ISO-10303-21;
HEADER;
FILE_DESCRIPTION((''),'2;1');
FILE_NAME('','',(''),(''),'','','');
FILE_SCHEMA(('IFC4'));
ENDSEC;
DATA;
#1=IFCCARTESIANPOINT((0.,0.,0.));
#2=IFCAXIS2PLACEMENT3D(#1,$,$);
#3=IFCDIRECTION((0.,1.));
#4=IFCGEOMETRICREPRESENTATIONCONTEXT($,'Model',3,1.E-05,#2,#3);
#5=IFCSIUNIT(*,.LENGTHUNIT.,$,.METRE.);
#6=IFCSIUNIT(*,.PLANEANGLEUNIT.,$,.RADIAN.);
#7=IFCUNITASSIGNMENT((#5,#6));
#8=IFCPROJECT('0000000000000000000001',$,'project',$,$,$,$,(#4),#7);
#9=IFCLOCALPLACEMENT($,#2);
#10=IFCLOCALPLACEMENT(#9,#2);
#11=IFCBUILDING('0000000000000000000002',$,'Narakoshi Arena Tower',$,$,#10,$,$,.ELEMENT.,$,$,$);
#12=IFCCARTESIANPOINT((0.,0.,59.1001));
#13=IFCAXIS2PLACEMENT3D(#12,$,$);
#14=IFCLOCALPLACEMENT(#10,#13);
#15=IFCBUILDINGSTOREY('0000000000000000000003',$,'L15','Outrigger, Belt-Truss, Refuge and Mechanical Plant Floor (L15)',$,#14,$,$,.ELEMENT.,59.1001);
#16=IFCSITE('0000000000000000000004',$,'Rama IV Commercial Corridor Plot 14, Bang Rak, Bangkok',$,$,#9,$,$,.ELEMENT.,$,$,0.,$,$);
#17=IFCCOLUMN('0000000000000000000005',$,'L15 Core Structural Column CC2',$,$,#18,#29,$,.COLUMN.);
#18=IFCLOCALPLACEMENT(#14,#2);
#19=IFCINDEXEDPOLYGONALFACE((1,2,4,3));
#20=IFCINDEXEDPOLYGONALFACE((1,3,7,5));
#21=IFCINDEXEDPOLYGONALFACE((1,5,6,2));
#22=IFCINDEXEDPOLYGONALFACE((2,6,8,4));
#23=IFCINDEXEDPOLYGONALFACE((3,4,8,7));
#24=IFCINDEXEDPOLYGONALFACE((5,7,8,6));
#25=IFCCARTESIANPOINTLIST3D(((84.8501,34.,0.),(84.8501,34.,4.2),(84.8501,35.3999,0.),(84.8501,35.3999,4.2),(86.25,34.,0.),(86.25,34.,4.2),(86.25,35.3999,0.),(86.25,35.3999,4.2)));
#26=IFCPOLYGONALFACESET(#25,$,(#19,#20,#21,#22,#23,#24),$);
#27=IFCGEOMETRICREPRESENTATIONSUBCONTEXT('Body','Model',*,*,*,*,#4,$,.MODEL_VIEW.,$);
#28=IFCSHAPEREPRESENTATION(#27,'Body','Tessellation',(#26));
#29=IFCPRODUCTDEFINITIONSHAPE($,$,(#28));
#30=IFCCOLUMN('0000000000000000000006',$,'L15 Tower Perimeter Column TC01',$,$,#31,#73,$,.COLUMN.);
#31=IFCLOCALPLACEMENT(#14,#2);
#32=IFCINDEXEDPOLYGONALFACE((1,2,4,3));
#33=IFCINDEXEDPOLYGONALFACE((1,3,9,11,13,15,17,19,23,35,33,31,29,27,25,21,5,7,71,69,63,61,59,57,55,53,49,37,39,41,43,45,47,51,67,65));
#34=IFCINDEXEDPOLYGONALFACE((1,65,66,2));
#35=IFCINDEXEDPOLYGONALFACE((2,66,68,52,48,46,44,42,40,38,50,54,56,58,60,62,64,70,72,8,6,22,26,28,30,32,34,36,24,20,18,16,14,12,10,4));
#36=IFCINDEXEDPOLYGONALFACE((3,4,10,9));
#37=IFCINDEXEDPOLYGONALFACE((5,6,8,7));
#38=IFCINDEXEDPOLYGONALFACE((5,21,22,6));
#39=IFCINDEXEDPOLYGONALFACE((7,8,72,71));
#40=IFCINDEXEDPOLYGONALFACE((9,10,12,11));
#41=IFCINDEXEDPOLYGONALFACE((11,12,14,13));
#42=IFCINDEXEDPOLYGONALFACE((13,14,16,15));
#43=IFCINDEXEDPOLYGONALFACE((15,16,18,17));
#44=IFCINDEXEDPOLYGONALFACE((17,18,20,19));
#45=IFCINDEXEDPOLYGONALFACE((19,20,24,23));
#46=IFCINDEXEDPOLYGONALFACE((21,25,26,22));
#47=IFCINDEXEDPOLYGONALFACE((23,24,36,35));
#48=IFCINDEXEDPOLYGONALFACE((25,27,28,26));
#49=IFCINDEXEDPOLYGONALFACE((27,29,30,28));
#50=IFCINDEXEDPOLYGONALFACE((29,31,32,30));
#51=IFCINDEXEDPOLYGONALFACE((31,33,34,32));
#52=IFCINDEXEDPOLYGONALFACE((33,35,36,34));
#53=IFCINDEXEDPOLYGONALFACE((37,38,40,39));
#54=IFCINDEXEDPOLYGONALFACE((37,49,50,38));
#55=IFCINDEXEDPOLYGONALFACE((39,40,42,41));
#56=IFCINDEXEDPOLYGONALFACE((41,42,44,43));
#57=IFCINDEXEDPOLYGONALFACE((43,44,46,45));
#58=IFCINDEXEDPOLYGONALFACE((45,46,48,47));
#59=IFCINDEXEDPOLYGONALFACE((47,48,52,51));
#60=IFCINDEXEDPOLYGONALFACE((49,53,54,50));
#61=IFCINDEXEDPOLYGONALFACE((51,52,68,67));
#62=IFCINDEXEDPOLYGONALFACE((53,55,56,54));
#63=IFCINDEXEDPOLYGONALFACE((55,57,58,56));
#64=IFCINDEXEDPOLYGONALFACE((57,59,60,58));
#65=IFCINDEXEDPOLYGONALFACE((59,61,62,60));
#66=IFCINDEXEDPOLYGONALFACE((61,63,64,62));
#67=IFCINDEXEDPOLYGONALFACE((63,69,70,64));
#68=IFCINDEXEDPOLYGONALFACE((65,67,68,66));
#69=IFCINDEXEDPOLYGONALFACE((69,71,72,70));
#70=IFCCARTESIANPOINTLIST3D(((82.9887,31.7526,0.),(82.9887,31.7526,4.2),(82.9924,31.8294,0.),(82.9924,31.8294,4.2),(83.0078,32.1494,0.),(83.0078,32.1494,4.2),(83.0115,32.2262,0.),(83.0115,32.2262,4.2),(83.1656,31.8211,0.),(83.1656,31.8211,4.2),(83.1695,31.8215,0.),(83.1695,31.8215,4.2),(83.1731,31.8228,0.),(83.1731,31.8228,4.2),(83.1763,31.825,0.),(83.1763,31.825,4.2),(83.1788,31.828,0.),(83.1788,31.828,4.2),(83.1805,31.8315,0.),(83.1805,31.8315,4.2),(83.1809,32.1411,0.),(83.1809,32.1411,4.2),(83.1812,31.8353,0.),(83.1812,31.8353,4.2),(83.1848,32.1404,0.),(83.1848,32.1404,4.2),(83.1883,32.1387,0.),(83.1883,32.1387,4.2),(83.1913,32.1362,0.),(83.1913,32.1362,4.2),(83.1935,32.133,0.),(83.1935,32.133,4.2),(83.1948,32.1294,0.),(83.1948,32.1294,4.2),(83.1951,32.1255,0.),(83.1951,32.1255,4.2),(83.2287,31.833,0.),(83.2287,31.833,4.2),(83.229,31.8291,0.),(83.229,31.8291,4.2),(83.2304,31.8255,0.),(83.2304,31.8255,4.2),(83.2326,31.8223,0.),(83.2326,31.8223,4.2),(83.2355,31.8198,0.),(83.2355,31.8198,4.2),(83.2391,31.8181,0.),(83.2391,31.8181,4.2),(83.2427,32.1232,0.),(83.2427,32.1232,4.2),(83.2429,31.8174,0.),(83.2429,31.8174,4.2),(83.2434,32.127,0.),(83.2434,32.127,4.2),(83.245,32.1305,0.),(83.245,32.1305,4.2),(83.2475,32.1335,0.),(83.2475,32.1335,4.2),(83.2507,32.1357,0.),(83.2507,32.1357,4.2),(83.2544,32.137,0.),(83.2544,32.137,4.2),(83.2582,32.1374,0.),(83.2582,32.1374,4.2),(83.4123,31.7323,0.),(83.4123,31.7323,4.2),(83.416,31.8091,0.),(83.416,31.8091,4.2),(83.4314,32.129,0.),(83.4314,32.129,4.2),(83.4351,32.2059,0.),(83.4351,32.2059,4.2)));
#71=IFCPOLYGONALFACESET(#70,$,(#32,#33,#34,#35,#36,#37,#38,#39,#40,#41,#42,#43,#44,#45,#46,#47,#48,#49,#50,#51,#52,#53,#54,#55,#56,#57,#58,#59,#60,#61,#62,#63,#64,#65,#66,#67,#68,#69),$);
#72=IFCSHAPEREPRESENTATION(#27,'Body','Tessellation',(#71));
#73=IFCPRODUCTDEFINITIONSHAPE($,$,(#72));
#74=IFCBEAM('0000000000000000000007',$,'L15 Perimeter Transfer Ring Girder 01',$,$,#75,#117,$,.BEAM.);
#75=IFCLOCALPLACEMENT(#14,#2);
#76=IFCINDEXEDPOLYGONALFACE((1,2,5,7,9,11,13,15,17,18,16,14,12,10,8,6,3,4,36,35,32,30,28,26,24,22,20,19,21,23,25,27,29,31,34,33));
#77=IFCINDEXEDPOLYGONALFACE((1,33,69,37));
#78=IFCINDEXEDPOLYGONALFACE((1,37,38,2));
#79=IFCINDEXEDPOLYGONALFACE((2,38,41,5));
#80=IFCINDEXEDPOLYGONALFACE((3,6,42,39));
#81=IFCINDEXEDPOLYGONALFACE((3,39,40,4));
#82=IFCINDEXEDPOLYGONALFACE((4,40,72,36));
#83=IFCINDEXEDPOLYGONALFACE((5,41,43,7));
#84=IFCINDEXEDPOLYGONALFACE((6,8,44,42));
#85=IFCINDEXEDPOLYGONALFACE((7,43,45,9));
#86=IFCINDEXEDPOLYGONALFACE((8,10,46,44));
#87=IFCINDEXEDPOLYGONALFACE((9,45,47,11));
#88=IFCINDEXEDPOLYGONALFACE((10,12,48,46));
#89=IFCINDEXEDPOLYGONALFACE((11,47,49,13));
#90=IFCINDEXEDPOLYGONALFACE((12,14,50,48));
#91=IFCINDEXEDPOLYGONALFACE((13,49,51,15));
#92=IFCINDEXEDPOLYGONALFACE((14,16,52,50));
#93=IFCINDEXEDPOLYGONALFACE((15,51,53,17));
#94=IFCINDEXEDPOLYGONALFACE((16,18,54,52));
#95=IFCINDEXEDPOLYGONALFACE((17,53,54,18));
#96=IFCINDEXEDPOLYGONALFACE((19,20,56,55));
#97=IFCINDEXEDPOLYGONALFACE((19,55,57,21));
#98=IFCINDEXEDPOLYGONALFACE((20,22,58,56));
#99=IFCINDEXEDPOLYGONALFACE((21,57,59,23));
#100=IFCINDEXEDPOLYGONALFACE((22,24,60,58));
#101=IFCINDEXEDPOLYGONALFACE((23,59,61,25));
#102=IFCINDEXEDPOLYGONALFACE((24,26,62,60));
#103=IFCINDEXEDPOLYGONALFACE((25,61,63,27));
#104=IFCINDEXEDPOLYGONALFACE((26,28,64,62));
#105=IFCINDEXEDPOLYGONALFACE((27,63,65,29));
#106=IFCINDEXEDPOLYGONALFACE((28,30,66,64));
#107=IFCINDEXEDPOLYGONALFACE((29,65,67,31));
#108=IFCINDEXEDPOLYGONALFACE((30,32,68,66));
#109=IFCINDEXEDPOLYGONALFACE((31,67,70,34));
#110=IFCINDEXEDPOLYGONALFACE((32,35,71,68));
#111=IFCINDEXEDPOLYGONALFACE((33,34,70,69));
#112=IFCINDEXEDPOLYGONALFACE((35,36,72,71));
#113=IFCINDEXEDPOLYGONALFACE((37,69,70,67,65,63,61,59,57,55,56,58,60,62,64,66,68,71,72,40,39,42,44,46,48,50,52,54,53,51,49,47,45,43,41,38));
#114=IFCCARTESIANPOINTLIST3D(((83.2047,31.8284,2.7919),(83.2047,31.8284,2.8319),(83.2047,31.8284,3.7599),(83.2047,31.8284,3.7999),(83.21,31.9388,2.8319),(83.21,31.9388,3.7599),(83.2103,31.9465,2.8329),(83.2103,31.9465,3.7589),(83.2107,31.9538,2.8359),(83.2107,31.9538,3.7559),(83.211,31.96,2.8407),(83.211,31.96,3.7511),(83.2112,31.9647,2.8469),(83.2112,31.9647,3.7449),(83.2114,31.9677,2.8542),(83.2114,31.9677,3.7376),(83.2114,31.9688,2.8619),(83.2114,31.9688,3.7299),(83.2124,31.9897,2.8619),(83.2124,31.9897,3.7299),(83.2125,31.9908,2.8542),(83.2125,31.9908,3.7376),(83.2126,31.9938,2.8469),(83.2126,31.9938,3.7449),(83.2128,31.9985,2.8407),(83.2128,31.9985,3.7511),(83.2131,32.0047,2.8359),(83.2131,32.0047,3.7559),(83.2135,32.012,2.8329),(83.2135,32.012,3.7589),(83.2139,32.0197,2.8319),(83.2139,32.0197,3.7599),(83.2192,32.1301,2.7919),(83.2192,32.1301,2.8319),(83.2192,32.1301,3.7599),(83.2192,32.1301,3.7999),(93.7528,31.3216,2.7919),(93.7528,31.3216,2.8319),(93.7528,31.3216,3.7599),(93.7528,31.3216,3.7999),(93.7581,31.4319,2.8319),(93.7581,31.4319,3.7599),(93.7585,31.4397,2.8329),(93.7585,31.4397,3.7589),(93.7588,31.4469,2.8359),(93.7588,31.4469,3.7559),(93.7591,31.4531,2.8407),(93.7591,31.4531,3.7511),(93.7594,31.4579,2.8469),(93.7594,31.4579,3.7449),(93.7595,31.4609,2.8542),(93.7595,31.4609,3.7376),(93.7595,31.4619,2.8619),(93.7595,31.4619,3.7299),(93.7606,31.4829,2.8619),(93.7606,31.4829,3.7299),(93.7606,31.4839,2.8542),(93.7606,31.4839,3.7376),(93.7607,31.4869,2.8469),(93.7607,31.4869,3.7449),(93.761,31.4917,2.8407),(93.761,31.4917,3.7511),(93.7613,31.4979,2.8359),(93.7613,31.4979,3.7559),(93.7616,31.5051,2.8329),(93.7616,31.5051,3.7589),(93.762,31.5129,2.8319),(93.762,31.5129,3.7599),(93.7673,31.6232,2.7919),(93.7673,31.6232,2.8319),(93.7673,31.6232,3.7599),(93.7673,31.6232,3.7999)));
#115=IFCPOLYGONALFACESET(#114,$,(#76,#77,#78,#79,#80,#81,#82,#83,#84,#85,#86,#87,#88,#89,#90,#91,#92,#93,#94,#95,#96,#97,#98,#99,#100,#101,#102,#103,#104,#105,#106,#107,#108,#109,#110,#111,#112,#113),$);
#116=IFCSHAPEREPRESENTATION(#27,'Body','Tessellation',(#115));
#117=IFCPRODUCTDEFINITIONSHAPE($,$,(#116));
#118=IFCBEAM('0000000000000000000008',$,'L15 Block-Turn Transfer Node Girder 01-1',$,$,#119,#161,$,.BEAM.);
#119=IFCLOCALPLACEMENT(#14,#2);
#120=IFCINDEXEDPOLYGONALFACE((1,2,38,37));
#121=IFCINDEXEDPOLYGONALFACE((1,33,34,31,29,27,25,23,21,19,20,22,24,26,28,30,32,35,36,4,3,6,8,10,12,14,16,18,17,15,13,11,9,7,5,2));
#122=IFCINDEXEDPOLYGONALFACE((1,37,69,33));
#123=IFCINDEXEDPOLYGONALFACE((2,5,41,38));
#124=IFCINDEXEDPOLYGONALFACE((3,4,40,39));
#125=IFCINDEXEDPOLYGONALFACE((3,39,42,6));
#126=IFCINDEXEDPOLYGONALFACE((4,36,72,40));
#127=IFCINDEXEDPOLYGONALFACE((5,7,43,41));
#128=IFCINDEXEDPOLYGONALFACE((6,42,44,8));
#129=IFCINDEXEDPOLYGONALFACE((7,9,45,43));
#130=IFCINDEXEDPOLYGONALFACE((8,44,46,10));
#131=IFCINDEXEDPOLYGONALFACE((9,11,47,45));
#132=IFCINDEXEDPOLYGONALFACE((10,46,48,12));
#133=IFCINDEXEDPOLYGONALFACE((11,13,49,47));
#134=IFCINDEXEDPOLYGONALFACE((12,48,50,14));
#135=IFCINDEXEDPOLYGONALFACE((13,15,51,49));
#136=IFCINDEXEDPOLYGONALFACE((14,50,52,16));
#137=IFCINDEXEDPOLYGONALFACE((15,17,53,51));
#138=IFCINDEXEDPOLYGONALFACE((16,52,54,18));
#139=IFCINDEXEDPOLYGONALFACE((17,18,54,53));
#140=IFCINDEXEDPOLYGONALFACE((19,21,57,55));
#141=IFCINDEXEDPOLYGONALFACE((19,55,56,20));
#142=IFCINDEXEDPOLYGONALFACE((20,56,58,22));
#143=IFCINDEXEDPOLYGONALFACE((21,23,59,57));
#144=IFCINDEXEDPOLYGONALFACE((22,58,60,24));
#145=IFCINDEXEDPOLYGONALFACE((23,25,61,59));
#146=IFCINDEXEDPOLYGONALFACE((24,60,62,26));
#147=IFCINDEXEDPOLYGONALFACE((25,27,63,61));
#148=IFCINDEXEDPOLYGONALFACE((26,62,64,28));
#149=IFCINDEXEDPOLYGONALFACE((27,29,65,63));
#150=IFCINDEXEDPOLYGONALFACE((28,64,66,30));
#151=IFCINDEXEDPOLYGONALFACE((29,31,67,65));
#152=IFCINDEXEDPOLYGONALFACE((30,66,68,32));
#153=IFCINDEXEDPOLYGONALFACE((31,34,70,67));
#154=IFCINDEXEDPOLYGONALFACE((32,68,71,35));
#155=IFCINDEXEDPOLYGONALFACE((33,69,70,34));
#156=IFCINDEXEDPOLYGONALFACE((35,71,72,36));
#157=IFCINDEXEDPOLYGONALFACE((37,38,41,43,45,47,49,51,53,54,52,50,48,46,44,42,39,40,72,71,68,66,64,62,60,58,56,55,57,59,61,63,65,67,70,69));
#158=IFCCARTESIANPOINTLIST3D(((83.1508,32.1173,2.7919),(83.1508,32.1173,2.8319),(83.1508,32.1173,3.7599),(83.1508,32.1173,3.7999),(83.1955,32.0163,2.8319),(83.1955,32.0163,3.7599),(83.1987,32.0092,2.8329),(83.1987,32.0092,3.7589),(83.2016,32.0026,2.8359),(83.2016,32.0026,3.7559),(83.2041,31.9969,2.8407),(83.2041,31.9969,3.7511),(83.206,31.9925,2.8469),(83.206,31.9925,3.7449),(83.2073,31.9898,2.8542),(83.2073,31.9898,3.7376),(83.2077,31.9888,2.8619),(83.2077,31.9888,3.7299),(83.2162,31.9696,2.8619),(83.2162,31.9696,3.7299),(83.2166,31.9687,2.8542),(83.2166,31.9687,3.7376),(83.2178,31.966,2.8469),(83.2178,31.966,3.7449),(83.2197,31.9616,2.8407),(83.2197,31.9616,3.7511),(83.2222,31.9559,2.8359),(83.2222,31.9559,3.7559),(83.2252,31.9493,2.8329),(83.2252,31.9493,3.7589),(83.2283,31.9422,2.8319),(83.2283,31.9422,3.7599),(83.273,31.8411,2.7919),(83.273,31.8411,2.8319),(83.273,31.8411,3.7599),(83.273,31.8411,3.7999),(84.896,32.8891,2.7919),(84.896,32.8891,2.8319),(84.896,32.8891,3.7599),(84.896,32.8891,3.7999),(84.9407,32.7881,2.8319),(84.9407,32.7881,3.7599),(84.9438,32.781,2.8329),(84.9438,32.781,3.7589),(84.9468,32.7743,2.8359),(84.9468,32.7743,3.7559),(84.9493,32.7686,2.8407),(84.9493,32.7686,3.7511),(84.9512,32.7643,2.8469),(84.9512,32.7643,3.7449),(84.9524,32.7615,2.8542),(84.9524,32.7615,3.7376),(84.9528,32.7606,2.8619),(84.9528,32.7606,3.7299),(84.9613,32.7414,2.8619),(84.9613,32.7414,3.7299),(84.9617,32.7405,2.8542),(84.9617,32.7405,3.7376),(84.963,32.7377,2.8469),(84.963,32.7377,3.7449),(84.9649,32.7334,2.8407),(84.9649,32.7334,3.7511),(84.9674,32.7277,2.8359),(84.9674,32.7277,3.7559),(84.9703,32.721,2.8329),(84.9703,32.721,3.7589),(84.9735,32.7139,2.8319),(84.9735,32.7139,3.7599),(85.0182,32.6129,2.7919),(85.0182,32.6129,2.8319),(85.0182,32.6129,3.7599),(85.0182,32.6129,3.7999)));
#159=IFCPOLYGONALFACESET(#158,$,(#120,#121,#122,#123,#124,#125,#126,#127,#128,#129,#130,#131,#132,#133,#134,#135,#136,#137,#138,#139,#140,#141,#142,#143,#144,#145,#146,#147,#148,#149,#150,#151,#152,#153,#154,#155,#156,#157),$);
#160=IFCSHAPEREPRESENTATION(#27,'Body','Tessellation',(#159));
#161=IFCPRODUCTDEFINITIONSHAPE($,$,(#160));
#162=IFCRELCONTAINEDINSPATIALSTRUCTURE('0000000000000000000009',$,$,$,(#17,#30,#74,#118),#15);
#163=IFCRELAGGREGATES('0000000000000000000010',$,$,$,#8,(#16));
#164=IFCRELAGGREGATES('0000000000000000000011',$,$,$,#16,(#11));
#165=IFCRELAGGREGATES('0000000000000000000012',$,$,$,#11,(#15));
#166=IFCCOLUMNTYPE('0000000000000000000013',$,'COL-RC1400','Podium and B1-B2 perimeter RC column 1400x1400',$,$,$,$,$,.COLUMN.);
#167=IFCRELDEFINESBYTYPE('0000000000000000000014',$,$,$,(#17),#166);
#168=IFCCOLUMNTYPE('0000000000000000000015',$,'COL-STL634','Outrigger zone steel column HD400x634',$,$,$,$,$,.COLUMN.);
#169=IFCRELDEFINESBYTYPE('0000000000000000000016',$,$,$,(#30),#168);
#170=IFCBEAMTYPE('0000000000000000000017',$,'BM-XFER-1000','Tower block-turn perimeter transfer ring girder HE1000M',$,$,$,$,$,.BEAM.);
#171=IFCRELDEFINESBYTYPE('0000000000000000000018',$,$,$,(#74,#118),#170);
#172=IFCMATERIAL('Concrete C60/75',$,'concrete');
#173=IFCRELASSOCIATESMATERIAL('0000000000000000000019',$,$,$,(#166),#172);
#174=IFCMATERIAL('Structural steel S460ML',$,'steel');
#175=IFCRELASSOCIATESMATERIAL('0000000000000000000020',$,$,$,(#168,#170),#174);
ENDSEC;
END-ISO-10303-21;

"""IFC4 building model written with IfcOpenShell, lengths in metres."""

from ifc_helpers import new_model, si_unit, direction, frame, origin, origin_2d, place, context, subcontext, project, spatial, rectangle, i_section, extrude, material, material_profile, profile_set, type_object, element, save


model = new_model("IFC4")

# Units and contexts
model_context = context("Model", 3, precision=1e-05, world=origin(), true_north=direction((0.0, 1.0)))
body_context = subcontext(model_context, "Body", "Model", "MODEL_VIEW")
ifc_project = project(units=[si_unit("LENGTHUNIT", "METRE"), si_unit("PLANEANGLEUNIT", "RADIAN")], contexts=[model_context])

# Site, building, storey
site_placement = place(None, origin())
site = spatial("IfcSite", under=ifc_project, at=site_placement, Name="Rama IV Commercial Corridor Plot 14, Bang Rak, Bangkok", CompositionType="ELEMENT", RefElevation=0.0)
building_placement = place(site_placement, origin())
building = spatial("IfcBuilding", under=site, at=building_placement, Name="Narakoshi Arena Tower", CompositionType="ELEMENT")
storey_placement = place(building_placement, frame((0.0, 0.0, 59.1001)))
storey = spatial("IfcBuildingStorey", under=building, at=storey_placement, Name="L15", Description="Outrigger, Belt-Truss, Refuge and Mechanical Plant Floor (L15)", CompositionType="ELEMENT", Elevation=59.1001)

# Columns
ifc_material_1 = material(Name="Concrete C60/75", Category="concrete")
ifc_material_profile_1 = material_profile(ifc_material_1, rectangle(XDim=1.3999, YDim=1.3999, at=origin_2d()), Name="RC1400x1400")
ifc_profile_set_1 = profile_set([ifc_material_profile_1], Name="Concrete C60/75")
column_type_1 = type_object("IfcColumnType", Name="COL-RC1400", Description="Podium and B1-B2 perimeter RC column 1400x1400", PredefinedType="COLUMN", material=ifc_profile_set_1)
column_1_placement = place(storey_placement, frame((85.55, 34.7, 0.0), z_axis=(0.0, 0.0, 1.0), x_axis=(1.0, 0.0, 0.0)))
element("IfcColumn", 1, at=column_1_placement, inside=storey, type_object=column_type_1, Name="L15 Core Structural Column CC2", PredefinedType="COLUMN", context=body_context, shape_type="SweptSolid", body=[
    extrude(rectangle(XDim=1.3999, YDim=1.3999, at=origin_2d()), origin(), (0.0, 0.0, 1.0), 4.2),
])
ifc_material_2 = material(Name="Structural steel S460ML", Category="steel")
ifc_material_profile_2 = material_profile(ifc_material_2, i_section(OverallWidth=0.4241, OverallDepth=0.4741, WebThickness=0.0476, FlangeThickness=0.0769, FilletRadius=0.0149, at=origin_2d()), Name="HD400x634")
ifc_profile_set_2 = profile_set([ifc_material_profile_2], Name="Structural steel S460ML")
column_type_2 = type_object("IfcColumnType", Name="COL-STL634", Description="Outrigger zone steel column HD400x634", PredefinedType="COLUMN", material=ifc_profile_set_2)
column_2_placement = place(storey_placement, frame((83.2119, 31.9792, 0.0), z_axis=(0.0, 0.0, 1.0), x_axis=(-0.998848, 0.047978, 0.0)))
element("IfcColumn", 2, at=column_2_placement, inside=storey, type_object=column_type_2, Name="L15 Tower Perimeter Column TC01", PredefinedType="COLUMN", context=body_context, shape_type="SweptSolid", body=[
    extrude(i_section(OverallWidth=0.4241, OverallDepth=0.4741, WebThickness=0.0476, FlangeThickness=0.0769, FilletRadius=0.0149, at=origin_2d()), origin(), (0.0, 0.0, 1.0), 4.2),
])

# Beams
ifc_material_profile_3 = material_profile(ifc_material_2, i_section(OverallWidth=0.302, OverallDepth=1.0081, WebThickness=0.021, FlangeThickness=0.04, FilletRadius=0.03, at=origin_2d()), Name="HE1000M")
ifc_profile_set_3 = profile_set([ifc_material_profile_3], Name="Structural steel S460ML")
beam_type = type_object("IfcBeamType", Name="BM-XFER-1000", Description="Tower block-turn perimeter transfer ring girder HE1000M", PredefinedType="BEAM", material=ifc_profile_set_3)
beam_1_placement = place(storey_placement, frame((83.2119, 31.9792, 3.2959), z_axis=(0.998848, -0.047995, 0.0), x_axis=(0.047995, 0.998848, 0.0)))
element("IfcBeam", 3, at=beam_1_placement, inside=storey, type_object=beam_type, Name="L15 Perimeter Transfer Ring Girder 01", PredefinedType="BEAM", context=body_context, shape_type="SweptSolid", body=[
    extrude(i_section(OverallWidth=0.302, OverallDepth=1.0081, WebThickness=0.021, FlangeThickness=0.04, FilletRadius=0.03, at=origin_2d()), origin(), (0.0, 0.0, 1.0), 10.5603),
])
beam_2_placement = place(storey_placement, frame((83.2119, 31.9792, 3.2959), z_axis=(0.914564, 0.40444, 0.0), x_axis=(-0.40444, 0.914564, 0.0)))
element("IfcBeam", 4, at=beam_2_placement, inside=storey, type_object=beam_type, Name="L15 Block-Turn Transfer Node Girder 01-1", PredefinedType="BEAM", context=body_context, shape_type="SweptSolid", body=[
    extrude(i_section(OverallWidth=0.302, OverallDepth=1.0081, WebThickness=0.021, FlangeThickness=0.04, FilletRadius=0.03, at=origin_2d()), origin(), (0.0, 0.0, 1.0), 1.9082),
])

save(model, "model.ifc")
